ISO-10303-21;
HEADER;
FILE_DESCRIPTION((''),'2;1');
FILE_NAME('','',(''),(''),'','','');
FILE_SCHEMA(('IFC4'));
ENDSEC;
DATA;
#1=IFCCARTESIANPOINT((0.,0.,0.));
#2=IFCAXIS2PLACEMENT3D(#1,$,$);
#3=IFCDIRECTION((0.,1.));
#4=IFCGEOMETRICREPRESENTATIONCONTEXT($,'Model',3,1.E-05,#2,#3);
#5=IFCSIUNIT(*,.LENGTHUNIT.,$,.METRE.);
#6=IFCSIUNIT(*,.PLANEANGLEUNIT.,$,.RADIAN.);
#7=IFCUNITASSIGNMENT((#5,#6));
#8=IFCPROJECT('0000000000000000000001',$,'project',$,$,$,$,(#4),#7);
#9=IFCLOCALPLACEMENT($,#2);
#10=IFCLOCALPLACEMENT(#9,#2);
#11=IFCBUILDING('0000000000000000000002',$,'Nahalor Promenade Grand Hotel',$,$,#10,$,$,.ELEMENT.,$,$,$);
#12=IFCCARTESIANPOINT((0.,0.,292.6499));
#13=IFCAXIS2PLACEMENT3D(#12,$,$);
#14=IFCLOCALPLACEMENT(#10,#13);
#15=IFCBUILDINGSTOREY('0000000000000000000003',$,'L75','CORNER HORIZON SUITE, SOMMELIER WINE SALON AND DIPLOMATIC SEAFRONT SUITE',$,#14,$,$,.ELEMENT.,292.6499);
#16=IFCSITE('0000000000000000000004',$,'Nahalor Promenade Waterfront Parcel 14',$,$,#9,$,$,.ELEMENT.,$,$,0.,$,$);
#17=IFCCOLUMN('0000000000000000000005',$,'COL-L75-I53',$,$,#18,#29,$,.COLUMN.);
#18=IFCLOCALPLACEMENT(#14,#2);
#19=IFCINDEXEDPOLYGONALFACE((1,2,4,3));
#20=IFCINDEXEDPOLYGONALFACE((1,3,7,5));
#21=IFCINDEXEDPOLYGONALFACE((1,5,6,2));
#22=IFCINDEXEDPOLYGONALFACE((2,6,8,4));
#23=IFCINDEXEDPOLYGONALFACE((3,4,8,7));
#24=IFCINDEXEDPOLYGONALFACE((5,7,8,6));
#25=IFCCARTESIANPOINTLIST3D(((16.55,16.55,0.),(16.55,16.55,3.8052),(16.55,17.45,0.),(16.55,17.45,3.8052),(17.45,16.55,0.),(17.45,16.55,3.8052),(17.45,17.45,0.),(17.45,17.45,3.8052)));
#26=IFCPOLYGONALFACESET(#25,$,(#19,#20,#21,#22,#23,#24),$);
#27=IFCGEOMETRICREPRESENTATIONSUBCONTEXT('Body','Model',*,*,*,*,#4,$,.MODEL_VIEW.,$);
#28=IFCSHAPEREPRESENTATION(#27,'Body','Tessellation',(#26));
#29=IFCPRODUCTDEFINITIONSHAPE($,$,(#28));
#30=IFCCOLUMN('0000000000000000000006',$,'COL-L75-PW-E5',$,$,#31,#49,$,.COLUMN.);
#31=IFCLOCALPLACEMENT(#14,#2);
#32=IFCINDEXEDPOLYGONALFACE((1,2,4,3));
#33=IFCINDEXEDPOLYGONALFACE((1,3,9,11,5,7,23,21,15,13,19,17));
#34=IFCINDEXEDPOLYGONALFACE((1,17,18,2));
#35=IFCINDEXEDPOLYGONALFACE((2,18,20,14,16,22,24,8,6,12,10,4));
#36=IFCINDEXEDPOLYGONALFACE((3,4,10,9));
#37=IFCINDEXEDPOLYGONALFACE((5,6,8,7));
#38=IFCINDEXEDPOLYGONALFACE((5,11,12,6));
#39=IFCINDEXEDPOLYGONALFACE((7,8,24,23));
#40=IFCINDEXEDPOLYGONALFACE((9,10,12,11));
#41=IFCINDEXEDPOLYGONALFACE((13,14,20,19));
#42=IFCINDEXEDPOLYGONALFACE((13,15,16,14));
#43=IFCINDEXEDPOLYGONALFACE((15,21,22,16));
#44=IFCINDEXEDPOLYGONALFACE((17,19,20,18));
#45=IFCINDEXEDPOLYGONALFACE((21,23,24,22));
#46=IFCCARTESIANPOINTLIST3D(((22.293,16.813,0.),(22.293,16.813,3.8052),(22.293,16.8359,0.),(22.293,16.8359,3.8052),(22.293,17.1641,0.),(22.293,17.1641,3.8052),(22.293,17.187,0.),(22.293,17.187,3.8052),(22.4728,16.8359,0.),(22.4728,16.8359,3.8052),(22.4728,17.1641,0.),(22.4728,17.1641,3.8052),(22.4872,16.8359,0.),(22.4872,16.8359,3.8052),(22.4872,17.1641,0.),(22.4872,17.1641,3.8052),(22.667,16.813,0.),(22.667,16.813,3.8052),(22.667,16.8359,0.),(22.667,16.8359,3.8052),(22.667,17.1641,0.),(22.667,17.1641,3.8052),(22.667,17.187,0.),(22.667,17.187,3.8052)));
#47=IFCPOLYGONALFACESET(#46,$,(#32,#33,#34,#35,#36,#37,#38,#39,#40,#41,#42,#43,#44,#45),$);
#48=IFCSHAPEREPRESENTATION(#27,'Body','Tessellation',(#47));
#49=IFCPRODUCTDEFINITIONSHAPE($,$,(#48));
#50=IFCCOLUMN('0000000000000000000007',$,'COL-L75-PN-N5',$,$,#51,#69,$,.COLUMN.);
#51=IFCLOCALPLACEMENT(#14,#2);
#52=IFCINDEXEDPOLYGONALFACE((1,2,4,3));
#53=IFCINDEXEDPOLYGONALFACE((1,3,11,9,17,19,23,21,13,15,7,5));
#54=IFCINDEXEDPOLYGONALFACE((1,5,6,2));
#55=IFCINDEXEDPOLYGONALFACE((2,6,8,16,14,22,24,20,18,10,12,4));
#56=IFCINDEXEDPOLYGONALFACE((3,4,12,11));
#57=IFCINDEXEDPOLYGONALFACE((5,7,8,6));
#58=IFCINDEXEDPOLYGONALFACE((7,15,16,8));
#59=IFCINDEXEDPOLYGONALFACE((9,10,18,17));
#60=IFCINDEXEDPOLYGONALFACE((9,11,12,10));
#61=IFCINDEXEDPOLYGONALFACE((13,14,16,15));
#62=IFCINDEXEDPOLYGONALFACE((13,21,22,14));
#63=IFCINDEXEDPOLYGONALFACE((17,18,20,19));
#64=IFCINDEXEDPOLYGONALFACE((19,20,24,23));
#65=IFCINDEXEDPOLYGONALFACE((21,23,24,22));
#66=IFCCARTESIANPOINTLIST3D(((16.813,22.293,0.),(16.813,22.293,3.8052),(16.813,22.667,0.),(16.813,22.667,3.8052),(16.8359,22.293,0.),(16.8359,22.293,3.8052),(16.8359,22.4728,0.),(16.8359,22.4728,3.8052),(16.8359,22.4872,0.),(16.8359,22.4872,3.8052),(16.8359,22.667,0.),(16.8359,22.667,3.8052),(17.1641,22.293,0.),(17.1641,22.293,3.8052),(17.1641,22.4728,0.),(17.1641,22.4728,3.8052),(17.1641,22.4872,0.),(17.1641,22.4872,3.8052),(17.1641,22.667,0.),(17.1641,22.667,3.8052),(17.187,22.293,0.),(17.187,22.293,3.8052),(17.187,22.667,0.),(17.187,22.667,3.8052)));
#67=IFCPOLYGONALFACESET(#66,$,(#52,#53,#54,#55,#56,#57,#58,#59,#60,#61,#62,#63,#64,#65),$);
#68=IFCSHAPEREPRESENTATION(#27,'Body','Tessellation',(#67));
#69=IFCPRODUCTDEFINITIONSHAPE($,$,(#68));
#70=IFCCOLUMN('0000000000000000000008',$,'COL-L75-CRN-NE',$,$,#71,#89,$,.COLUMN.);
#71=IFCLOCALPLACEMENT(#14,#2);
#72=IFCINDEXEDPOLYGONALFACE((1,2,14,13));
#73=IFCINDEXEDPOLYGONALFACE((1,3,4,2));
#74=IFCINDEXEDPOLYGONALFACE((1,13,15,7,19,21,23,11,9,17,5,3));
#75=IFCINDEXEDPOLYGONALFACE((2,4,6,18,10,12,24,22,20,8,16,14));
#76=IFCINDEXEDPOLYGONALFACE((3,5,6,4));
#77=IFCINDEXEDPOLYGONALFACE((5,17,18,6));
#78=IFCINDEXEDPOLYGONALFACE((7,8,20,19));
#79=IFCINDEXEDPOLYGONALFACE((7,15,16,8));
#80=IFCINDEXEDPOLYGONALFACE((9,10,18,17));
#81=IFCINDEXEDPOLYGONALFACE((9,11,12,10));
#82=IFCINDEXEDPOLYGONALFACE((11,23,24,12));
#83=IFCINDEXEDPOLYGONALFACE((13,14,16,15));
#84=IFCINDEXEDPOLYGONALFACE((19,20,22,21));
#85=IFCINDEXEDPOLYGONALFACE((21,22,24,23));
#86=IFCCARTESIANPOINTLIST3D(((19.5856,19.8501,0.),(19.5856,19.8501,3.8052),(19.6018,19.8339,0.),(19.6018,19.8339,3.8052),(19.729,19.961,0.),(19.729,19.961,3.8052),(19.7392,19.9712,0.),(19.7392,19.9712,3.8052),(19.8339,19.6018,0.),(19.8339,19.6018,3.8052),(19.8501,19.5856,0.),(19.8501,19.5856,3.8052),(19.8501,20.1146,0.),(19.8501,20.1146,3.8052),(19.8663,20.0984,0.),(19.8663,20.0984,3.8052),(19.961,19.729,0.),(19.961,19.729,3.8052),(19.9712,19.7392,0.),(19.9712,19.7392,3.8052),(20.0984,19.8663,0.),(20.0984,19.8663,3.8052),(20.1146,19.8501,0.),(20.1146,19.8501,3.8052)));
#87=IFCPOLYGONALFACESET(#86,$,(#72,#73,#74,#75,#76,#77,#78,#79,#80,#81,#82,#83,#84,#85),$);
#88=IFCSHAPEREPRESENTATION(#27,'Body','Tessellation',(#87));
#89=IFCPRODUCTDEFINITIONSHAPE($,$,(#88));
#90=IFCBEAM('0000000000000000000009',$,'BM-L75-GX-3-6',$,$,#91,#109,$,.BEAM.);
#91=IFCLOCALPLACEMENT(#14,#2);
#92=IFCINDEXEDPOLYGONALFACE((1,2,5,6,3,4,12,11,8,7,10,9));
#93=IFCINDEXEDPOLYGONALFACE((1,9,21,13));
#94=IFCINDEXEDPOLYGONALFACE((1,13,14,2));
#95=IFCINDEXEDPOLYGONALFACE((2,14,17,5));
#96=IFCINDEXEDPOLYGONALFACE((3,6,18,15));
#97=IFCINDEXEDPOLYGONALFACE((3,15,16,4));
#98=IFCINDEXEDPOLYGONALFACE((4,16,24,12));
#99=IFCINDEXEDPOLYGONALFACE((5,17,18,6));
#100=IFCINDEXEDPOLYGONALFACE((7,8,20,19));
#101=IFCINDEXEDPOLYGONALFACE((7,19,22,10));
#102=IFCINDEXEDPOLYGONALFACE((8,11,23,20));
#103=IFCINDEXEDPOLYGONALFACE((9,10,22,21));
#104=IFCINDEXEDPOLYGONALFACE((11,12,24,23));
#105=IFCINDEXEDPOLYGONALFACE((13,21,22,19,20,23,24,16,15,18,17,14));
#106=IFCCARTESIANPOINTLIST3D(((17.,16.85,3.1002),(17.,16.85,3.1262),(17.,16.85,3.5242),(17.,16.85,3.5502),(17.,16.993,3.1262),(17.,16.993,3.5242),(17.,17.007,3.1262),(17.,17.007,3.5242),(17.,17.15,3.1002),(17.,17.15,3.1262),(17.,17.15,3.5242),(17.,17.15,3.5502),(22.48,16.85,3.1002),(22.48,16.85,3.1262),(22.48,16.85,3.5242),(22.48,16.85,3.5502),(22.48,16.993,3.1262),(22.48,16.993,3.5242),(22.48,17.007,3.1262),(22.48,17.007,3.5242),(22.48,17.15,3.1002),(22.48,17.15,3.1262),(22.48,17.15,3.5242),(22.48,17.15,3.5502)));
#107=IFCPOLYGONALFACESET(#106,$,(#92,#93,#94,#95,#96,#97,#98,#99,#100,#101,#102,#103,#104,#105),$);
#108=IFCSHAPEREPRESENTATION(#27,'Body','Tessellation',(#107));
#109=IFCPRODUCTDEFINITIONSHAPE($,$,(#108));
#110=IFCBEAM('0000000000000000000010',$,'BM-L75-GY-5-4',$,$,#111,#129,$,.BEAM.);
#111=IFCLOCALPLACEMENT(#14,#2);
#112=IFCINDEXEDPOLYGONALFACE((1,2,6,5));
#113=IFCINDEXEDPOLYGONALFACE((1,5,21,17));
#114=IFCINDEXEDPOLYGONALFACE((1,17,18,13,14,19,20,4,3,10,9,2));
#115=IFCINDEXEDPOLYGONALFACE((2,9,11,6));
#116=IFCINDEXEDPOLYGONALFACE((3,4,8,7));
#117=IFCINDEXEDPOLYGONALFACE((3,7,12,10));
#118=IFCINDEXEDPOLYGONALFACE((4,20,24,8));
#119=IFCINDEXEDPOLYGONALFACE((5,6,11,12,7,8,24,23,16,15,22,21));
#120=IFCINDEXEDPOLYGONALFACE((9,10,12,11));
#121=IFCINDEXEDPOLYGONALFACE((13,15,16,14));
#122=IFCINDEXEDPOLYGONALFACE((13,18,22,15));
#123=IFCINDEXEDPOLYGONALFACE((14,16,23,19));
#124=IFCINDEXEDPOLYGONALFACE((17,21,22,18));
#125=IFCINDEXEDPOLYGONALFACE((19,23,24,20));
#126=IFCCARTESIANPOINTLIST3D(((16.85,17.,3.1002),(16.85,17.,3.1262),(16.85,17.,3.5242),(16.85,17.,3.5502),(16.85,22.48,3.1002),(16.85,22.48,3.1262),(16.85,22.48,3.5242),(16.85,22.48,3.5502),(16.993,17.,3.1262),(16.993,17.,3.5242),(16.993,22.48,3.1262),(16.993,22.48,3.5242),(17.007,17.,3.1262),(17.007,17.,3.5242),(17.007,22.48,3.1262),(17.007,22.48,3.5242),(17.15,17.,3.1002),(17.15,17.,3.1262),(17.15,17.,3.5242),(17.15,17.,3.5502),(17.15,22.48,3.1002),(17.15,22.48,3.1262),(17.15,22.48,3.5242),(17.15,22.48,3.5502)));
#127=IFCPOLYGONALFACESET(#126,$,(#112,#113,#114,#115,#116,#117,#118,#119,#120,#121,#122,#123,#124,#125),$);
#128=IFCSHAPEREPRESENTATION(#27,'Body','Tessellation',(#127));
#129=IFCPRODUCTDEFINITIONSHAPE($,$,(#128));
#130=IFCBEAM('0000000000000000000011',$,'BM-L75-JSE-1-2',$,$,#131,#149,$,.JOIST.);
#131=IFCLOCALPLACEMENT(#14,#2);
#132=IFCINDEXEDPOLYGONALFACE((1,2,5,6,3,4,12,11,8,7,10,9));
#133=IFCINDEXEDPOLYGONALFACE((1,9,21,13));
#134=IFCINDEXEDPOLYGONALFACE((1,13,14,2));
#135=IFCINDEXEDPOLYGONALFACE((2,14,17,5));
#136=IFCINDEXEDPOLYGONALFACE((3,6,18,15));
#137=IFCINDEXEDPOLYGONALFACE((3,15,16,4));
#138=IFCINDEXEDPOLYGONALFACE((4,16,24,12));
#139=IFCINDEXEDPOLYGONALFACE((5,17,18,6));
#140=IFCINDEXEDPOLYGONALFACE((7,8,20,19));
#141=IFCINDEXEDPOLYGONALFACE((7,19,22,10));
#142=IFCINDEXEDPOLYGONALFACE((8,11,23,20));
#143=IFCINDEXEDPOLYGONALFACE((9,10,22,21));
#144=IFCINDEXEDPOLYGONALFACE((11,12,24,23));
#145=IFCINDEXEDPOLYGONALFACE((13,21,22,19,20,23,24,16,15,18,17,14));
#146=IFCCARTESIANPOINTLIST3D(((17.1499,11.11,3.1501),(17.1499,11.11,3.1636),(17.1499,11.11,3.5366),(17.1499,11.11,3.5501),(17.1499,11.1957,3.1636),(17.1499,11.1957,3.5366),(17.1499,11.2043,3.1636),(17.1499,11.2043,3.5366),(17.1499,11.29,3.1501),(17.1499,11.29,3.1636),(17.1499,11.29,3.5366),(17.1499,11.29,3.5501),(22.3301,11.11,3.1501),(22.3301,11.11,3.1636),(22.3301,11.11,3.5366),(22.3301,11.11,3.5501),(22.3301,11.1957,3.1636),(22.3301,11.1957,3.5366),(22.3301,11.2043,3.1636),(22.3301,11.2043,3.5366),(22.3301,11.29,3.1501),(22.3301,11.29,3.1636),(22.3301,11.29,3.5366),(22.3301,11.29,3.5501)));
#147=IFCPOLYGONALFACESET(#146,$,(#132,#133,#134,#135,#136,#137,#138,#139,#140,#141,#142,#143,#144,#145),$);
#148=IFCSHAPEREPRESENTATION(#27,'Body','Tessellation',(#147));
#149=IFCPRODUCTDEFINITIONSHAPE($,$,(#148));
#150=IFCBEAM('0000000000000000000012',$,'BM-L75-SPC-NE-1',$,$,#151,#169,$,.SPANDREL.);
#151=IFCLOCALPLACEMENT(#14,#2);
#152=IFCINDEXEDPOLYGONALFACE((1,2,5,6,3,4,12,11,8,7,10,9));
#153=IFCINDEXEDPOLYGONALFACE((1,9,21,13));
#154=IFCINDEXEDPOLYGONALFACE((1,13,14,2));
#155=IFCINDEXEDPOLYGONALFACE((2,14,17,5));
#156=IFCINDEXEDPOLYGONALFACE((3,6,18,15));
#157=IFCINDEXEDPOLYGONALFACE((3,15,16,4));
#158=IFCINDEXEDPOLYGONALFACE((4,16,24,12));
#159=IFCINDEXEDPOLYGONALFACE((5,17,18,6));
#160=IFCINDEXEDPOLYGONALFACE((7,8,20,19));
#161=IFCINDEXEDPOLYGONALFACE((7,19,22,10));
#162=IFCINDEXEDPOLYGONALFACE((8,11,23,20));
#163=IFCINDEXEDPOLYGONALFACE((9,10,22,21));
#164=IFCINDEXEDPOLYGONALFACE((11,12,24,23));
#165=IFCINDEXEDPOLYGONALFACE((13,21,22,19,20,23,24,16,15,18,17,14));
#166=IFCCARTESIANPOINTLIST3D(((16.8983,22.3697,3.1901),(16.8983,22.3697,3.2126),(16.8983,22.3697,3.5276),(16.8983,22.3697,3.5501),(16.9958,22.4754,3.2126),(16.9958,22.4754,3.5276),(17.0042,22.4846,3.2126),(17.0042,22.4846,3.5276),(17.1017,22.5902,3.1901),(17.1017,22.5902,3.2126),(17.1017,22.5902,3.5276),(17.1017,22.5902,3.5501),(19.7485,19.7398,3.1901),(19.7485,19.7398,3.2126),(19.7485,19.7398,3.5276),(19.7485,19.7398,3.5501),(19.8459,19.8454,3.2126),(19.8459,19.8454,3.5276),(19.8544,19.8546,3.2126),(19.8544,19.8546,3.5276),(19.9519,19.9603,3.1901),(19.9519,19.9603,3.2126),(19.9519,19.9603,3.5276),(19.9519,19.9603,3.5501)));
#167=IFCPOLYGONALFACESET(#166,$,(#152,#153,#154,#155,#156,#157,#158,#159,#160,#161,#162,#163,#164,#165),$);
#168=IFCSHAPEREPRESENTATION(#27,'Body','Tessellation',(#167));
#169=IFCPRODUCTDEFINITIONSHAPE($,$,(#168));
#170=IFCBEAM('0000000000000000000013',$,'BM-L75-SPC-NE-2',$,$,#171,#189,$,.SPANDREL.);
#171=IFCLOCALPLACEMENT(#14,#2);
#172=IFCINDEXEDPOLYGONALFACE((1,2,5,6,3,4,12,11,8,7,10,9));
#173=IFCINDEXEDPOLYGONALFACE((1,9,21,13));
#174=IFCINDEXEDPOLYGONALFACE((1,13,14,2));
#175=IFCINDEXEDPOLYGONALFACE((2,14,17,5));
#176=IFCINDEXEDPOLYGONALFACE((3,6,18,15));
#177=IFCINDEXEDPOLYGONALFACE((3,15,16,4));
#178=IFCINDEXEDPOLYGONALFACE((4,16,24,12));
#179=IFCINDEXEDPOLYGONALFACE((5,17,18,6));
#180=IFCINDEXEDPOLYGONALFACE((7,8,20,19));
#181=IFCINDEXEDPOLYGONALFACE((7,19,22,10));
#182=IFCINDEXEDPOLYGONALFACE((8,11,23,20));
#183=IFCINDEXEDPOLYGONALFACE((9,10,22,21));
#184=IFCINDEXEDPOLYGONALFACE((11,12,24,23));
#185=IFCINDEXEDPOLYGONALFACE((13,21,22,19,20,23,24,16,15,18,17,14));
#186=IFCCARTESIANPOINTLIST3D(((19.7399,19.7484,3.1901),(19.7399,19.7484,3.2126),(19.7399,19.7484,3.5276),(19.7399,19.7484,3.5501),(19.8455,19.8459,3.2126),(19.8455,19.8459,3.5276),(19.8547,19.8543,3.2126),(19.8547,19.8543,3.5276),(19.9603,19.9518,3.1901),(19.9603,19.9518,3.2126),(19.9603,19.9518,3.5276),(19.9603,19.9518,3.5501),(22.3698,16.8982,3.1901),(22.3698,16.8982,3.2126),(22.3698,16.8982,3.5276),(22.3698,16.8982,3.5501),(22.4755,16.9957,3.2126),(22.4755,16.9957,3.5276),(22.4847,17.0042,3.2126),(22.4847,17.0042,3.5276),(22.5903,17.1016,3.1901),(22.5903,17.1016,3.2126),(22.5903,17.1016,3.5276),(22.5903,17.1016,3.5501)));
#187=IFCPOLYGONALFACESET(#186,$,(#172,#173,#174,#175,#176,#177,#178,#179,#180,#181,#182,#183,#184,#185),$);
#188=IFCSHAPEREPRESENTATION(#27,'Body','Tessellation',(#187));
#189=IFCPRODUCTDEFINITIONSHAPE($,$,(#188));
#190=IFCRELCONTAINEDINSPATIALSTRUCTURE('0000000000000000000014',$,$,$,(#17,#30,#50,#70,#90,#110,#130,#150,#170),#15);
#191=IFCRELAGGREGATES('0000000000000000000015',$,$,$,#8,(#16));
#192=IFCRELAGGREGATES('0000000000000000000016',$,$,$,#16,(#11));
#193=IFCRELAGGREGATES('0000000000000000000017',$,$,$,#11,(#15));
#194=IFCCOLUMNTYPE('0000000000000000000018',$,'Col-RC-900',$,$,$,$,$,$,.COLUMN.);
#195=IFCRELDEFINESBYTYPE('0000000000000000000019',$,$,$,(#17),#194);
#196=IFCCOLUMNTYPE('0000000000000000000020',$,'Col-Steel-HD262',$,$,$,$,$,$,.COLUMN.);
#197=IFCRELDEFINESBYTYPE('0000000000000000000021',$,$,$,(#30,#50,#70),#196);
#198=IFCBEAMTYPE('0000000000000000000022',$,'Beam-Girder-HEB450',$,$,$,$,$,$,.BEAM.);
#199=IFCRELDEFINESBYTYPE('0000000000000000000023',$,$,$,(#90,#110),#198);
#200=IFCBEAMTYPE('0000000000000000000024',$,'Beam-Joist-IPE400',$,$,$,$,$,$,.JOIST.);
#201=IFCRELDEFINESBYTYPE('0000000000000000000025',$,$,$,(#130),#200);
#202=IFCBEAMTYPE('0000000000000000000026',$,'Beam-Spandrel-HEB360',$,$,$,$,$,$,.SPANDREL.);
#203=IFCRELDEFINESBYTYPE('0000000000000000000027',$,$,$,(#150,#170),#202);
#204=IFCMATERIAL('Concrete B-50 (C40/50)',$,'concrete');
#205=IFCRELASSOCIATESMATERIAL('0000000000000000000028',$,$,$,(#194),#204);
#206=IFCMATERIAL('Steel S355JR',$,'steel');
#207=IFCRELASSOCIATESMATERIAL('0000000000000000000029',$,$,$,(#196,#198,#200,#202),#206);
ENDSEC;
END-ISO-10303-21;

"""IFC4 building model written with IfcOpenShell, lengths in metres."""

from ifc_helpers import new_model, si_unit, direction, frame, origin, origin_2d, place, context, subcontext, project, spatial, rectangle, i_section, extrude, source, transform, mapped, material, material_profile, profile_set, type_object, element, save


model = new_model("IFC4")

# Units and contexts
model_context = context("Model", 3, precision=1e-05, world=origin(), true_north=direction((0.0, 1.0)))
body_context = subcontext(model_context, "Body", "Model", "MODEL_VIEW")
ifc_project = project(units=[si_unit("LENGTHUNIT", "METRE"), si_unit("PLANEANGLEUNIT", "RADIAN")], contexts=[model_context])

# Site, building, storey
site_placement = place(None, origin())
site = spatial("IfcSite", under=ifc_project, at=site_placement, Name="Nahalor Promenade Waterfront Parcel 14", CompositionType="ELEMENT", RefElevation=0.0)
building_placement = place(site_placement, origin())
building = spatial("IfcBuilding", under=site, at=building_placement, Name="Nahalor Promenade Grand Hotel", CompositionType="ELEMENT")
storey_placement = place(building_placement, frame((0.0, 0.0, 292.6499)))
storey = spatial("IfcBuildingStorey", under=building, at=storey_placement, Name="L75", Description="CORNER HORIZON SUITE, SOMMELIER WINE SALON AND DIPLOMATIC SEAFRONT SUITE", CompositionType="ELEMENT", Elevation=292.6499)

# Columns
ifc_material_1 = material(Name="Concrete B-50 (C40/50)", Category="concrete")
ifc_material_profile_1 = material_profile(ifc_material_1, rectangle(XDim=0.9, YDim=0.9, at=origin_2d()), Name="RC 900x900")
ifc_profile_set_1 = profile_set([ifc_material_profile_1], Name="Concrete B-50 (C40/50)")
column_type_1 = type_object("IfcColumnType", Name="Col-RC-900", PredefinedType="COLUMN", material=ifc_profile_set_1)
shared_shape_1 = source(origin(), body_context, "Body", "SweptSolid", [
    extrude(rectangle(XDim=0.9, YDim=0.9, at=origin_2d()), origin(), (0.0, 0.0, 1.0), 3.8052),
])
column_placement = place(storey_placement, frame((17.0, 17.0, 0.0), z_axis=(0.0, 0.0, 1.0), x_axis=(1.0, 0.0, 0.0)))
element("IfcColumn", 1, at=column_placement, inside=storey, type_object=column_type_1, Name="COL-L75-I53", PredefinedType="COLUMN", context=body_context, shape_type="MappedRepresentation", body=[
    mapped(shared_shape_1, transform((0.0, 0.0, 0.0), scale=1.0)),
])
ifc_material_2 = material(Name="Steel S355JR", Category="steel")
ifc_material_profile_2 = material_profile(ifc_material_2, i_section(OverallWidth=0.374, OverallDepth=0.374, WebThickness=0.0144, FlangeThickness=0.0229, at=origin_2d()), Name="HD 360x262")
ifc_profile_set_2 = profile_set([ifc_material_profile_2], Name="Steel S355JR")
column_type_2 = type_object("IfcColumnType", Name="Col-Steel-HD262", PredefinedType="COLUMN", material=ifc_profile_set_2)
shared_shape_2 = source(origin(), body_context, "Body", "SweptSolid", [
    extrude(i_section(OverallWidth=0.374, OverallDepth=0.374, WebThickness=0.0144, FlangeThickness=0.0229, at=origin_2d()), origin(), (0.0, 0.0, 1.0), 3.8052),
])
for number, where, z_axis, x_axis, name in (
    (2, (22.48, 17.0, 0.0), (0.0, 0.0, 1.0), (1.0, 0.0, 0.0), "COL-L75-PW-E5"),
    (3, (17.0, 22.48, 0.0), (0.0, 0.0, 1.0), (0.0, 1.0, 0.0), "COL-L75-PN-N5"),
    (4, (19.8501, 19.8501, 0.0), (0.0, 0.0, 1.0), (0.707107, 0.707107, 0.0), "COL-L75-CRN-NE"),
):
    element("IfcColumn", number, at=place(storey_placement, frame(where, z_axis=z_axis, x_axis=x_axis)), inside=storey, type_object=column_type_2, Name=name, PredefinedType="COLUMN", context=body_context, shape_type="MappedRepresentation", body=[
        mapped(shared_shape_2, transform((0.0, 0.0, 0.0), scale=1.0)),
    ])

# Beams
ifc_material_profile_3 = material_profile(ifc_material_2, i_section(OverallWidth=0.3, OverallDepth=0.45, WebThickness=0.014, FlangeThickness=0.026, at=origin_2d()), Name="HEB 450")
ifc_profile_set_3 = profile_set([ifc_material_profile_3], Name="Steel S355JR")
beam_type_1 = type_object("IfcBeamType", Name="Beam-Girder-HEB450", PredefinedType="BEAM", material=ifc_profile_set_3)
shared_shape_3 = source(origin(), body_context, "Body", "SweptSolid", [
    extrude(i_section(OverallWidth=0.3, OverallDepth=0.45, WebThickness=0.014, FlangeThickness=0.026, at=origin_2d()), origin(), (0.0, 0.0, 1.0), 5.48),
])
for number, where, z_axis, x_axis, name in (
    (5, (17.0, 17.0, 3.3252), (1.0, 0.0, 0.0), (0.0, 1.0, 0.0), "BM-L75-GX-3-6"),
    (6, (17.0, 17.0, 3.3252), (0.0, 1.0, 0.0), (-1.0, 0.0, 0.0), "BM-L75-GY-5-4"),
):
    element("IfcBeam", number, at=place(storey_placement, frame(where, z_axis=z_axis, x_axis=x_axis)), inside=storey, type_object=beam_type_1, Name=name, PredefinedType="BEAM", context=body_context, shape_type="MappedRepresentation", body=[
        mapped(shared_shape_3, transform((0.0, 0.0, 0.0), scale=1.0)),
    ])
ifc_material_profile_4 = material_profile(ifc_material_2, i_section(OverallWidth=0.18, OverallDepth=0.4, WebThickness=0.0086, FlangeThickness=0.0135, at=origin_2d()), Name="IPE 400")
ifc_profile_set_4 = profile_set([ifc_material_profile_4], Name="Steel S355JR")
beam_type_2 = type_object("IfcBeamType", Name="Beam-Joist-IPE400", PredefinedType="JOIST", material=ifc_profile_set_4)
shared_shape_4 = source(origin(), body_context, "Body", "SweptSolid", [
    extrude(i_section(OverallWidth=0.18, OverallDepth=0.4, WebThickness=0.0086, FlangeThickness=0.0135, at=origin_2d()), origin(), (0.0, 0.0, 1.0), 5.1802),
])
beam_placement = place(storey_placement, frame((17.1499, 11.2, 3.3501), z_axis=(1.0, 0.0, 0.0), x_axis=(0.0, 1.0, 0.0)))
element("IfcBeam", 7, at=beam_placement, inside=storey, type_object=beam_type_2, Name="BM-L75-JSE-1-2", PredefinedType="JOIST", context=body_context, shape_type="MappedRepresentation", body=[
    mapped(shared_shape_4, transform((0.0, 0.0, 0.0), scale=1.0)),
])
ifc_material_profile_5 = material_profile(ifc_material_2, i_section(OverallWidth=0.3, OverallDepth=0.36, WebThickness=0.0125, FlangeThickness=0.0225, at=origin_2d()), Name="HEB 360")
ifc_profile_set_5 = profile_set([ifc_material_profile_5], Name="Steel S355JR")
beam_type_3 = type_object("IfcBeamType", Name="Beam-Spandrel-HEB360", PredefinedType="SPANDREL", material=ifc_profile_set_5)
shared_shape_5 = source(origin(), body_context, "Body", "SweptSolid", [
    extrude(i_section(OverallWidth=0.3, OverallDepth=0.36, WebThickness=0.0125, FlangeThickness=0.0225, at=origin_2d()), origin(), (0.0, 0.0, 1.0), 3.8782),
])
for number, where, z_axis, x_axis, name in (
    (8, (17.0, 22.48, 3.3701), (0.734929, -0.678144, 0.0), (0.678144, 0.734929, 0.0), "BM-L75-SPC-NE-1"),
    (9, (19.8501, 19.8501, 3.3701), (0.678144, -0.734929, 0.0), (0.734929, 0.678144, 0.0), "BM-L75-SPC-NE-2"),
):
    element("IfcBeam", number, at=place(storey_placement, frame(where, z_axis=z_axis, x_axis=x_axis)), inside=storey, type_object=beam_type_3, Name=name, PredefinedType="SPANDREL", context=body_context, shape_type="MappedRepresentation", body=[
        mapped(shared_shape_5, transform((0.0, 0.0, 0.0), scale=1.0)),
    ])

save(model, "model.ifc")
